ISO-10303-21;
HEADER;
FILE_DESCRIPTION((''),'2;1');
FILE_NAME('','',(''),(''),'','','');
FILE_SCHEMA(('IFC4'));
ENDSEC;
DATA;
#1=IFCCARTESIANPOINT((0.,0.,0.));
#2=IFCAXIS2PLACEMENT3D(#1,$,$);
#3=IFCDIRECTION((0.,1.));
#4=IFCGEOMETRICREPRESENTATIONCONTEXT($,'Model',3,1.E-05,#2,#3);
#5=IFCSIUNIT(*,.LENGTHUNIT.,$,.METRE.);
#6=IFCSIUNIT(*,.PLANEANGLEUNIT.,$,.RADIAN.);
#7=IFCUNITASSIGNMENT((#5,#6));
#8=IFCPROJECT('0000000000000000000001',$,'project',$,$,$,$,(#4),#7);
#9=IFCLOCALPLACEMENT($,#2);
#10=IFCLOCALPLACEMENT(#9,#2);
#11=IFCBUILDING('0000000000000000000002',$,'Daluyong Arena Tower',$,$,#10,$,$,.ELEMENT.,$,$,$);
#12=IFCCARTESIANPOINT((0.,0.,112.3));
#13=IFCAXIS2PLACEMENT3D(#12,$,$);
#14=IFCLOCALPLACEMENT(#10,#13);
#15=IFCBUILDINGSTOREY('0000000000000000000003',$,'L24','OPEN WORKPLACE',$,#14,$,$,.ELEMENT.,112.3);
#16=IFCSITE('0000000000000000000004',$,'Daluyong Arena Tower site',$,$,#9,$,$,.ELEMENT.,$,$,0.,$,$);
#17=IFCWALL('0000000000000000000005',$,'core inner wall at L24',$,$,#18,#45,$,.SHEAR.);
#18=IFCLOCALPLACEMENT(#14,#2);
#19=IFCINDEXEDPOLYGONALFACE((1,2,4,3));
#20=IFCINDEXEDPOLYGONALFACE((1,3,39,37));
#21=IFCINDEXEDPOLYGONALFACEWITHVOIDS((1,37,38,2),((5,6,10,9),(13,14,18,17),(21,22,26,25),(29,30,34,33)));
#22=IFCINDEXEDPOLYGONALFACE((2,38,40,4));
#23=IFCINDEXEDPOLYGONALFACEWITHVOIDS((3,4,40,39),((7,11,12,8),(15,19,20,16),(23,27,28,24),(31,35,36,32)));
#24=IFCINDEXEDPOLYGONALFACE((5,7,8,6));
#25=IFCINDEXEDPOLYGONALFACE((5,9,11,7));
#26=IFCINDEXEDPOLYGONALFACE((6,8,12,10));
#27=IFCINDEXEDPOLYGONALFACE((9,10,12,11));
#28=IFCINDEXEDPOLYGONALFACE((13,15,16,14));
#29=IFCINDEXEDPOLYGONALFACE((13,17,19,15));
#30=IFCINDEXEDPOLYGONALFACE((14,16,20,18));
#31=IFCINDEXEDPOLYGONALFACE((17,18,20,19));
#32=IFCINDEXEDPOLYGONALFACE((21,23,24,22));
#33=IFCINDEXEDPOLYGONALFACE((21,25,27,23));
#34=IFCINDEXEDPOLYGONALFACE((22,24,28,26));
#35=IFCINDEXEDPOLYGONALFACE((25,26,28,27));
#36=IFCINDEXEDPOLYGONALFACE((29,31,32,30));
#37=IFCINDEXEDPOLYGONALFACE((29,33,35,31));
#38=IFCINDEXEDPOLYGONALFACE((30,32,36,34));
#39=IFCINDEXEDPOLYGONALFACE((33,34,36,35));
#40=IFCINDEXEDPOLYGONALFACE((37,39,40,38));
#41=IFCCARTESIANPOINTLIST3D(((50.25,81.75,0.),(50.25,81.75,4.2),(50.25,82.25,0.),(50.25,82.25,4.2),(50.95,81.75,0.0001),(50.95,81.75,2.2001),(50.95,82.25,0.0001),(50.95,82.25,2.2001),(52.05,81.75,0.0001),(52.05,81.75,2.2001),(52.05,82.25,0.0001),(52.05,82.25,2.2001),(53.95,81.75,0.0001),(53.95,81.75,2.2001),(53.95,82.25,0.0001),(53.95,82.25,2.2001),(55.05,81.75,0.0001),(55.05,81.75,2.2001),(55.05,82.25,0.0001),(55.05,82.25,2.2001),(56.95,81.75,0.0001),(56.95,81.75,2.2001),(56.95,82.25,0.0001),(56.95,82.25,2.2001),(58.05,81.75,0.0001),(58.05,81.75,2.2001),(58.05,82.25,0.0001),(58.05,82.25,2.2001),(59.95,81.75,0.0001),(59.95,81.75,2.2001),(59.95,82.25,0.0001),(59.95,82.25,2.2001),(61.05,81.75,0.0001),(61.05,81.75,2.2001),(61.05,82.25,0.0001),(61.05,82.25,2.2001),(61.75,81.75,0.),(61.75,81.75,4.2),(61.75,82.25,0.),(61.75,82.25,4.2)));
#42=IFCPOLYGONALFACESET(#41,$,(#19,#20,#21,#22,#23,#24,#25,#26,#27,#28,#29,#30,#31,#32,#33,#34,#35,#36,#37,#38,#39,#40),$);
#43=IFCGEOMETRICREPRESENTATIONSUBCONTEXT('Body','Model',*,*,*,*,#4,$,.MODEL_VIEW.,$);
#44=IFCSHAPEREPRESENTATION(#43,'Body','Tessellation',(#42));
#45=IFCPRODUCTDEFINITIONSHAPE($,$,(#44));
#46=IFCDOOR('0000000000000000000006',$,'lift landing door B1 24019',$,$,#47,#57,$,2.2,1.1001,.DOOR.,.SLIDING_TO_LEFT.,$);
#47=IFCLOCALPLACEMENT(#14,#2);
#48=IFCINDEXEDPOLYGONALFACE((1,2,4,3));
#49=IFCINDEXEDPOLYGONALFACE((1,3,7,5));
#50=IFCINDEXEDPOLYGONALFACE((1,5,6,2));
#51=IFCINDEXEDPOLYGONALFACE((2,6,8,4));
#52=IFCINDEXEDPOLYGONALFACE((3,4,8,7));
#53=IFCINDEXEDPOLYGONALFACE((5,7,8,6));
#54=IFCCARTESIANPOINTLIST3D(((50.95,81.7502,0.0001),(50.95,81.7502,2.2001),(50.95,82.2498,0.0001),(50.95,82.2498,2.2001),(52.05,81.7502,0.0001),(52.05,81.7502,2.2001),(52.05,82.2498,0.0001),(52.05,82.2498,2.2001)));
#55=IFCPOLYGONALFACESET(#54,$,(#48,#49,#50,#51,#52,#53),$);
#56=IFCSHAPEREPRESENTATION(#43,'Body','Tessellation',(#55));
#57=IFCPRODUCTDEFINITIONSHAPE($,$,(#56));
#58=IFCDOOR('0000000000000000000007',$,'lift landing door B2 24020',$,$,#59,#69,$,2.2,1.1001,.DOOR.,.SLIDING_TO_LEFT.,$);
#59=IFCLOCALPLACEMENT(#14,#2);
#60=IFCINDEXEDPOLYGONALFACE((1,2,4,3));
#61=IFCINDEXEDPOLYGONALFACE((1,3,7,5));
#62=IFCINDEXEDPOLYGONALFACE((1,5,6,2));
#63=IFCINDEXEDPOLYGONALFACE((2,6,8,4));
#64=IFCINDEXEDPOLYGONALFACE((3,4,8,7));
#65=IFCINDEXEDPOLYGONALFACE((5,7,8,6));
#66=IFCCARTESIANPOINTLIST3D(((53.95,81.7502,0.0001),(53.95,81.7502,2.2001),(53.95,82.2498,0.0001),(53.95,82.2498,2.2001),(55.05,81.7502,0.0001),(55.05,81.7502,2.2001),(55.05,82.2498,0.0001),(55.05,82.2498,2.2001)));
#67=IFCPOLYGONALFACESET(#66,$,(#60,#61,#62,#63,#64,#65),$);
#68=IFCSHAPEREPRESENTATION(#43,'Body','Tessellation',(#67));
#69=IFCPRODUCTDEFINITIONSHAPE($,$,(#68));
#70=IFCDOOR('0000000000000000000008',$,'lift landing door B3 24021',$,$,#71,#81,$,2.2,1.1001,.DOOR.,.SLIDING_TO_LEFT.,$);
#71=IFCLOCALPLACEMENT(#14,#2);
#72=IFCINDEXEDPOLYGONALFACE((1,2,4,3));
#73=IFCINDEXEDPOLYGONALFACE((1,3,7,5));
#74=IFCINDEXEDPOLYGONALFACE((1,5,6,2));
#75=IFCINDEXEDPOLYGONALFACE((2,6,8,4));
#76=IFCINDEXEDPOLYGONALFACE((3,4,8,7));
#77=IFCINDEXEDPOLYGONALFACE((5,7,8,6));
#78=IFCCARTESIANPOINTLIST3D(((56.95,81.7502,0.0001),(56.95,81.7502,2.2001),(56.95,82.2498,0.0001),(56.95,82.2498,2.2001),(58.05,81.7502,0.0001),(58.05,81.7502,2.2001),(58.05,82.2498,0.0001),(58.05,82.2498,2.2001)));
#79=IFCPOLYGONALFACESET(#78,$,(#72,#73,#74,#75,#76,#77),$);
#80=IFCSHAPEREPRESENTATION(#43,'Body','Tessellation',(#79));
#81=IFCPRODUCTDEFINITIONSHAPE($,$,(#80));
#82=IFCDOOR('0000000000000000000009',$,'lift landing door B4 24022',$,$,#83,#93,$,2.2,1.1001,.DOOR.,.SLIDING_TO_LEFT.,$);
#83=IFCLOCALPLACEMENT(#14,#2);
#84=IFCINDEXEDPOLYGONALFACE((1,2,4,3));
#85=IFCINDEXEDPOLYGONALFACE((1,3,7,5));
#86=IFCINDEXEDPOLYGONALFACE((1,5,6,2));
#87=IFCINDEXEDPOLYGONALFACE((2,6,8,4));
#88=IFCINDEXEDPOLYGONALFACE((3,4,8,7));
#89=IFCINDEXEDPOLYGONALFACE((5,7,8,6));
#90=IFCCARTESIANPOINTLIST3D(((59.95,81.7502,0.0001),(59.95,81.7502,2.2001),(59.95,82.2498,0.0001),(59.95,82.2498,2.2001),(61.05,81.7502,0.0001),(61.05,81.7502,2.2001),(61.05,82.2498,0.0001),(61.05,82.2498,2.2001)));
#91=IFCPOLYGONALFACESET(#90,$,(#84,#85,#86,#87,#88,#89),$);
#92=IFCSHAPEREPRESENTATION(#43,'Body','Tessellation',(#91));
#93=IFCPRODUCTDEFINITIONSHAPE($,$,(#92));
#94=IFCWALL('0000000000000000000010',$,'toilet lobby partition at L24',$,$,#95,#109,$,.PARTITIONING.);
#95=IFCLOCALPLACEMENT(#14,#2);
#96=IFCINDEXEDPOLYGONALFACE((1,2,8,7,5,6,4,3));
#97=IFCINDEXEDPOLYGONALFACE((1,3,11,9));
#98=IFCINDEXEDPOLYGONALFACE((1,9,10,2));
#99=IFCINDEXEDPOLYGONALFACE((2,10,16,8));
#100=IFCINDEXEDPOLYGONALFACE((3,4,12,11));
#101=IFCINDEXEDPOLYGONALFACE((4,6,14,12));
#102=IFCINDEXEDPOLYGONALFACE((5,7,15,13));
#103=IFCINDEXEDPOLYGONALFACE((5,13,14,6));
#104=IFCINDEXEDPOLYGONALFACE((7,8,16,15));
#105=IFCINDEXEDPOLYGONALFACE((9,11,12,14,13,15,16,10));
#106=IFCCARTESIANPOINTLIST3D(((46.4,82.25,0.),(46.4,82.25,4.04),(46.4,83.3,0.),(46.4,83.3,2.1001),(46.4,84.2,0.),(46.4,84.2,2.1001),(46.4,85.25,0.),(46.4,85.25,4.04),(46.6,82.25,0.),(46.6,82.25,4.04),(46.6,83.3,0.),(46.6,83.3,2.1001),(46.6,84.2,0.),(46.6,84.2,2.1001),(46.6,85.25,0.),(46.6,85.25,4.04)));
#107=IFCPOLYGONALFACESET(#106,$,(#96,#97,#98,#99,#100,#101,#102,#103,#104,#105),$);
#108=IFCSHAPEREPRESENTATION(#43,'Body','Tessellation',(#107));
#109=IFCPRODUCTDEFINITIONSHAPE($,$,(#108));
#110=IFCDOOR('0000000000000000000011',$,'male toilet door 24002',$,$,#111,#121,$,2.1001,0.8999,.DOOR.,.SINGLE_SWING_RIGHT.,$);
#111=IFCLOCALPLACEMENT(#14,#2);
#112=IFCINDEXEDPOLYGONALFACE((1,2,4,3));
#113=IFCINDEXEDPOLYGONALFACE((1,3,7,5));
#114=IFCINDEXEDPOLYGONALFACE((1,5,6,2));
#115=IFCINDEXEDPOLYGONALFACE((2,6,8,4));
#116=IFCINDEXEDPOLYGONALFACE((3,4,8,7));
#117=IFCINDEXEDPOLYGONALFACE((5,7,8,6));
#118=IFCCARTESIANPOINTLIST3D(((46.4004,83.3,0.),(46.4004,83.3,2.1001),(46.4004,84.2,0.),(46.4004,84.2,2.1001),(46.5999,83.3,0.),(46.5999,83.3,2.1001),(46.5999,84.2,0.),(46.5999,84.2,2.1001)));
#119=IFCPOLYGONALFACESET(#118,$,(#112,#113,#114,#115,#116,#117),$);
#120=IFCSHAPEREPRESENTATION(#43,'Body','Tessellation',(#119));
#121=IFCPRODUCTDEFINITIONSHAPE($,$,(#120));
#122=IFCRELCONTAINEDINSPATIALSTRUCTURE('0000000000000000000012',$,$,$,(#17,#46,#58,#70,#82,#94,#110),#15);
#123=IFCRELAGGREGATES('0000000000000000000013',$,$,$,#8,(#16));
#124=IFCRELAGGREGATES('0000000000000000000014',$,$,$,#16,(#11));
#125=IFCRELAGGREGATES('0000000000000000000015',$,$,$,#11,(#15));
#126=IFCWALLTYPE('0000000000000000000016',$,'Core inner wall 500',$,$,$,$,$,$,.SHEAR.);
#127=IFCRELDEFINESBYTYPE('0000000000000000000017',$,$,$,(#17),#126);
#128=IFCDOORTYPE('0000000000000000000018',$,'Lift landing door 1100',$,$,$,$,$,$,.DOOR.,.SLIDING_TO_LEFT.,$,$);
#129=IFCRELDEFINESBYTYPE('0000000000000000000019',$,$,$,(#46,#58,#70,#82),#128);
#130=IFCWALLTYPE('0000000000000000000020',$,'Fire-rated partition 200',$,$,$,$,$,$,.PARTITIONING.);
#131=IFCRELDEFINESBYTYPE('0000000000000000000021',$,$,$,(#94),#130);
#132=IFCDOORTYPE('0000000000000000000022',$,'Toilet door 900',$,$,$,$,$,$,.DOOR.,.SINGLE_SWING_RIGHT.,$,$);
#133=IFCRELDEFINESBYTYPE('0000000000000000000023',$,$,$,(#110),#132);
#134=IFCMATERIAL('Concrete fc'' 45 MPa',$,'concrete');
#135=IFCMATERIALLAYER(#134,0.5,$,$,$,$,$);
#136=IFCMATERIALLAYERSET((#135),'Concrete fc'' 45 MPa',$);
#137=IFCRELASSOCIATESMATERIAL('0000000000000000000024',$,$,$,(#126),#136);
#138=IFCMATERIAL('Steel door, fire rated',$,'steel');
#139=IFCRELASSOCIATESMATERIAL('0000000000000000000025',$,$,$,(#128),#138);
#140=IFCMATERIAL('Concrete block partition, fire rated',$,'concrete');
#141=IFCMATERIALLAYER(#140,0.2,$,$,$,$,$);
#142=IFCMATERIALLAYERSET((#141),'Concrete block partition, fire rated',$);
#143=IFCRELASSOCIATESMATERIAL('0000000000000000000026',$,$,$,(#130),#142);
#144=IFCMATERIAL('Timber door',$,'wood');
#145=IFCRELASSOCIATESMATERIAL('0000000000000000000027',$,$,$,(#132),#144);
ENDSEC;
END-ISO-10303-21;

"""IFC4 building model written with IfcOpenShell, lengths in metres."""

from ifc_helpers import new_model, si_unit, direction, frame, frame_2d, origin, place, context, subcontext, project, spatial, rectangle, extrude, material, layer, layer_set, type_object, element, fill, save


model = new_model("IFC4")

# Units and contexts
model_context = context("Model", 3, precision=1e-05, world=origin(), true_north=direction((0.0, 1.0)))
body_context = subcontext(model_context, "Body", "Model", "MODEL_VIEW")
ifc_project = project(units=[si_unit("LENGTHUNIT", "METRE"), si_unit("PLANEANGLEUNIT", "RADIAN")], contexts=[model_context])

# Site, building, storey
site_placement = place(None, origin())
site = spatial("IfcSite", under=ifc_project, at=site_placement, Name="Daluyong Arena Tower site", CompositionType="ELEMENT", RefElevation=0.0)
building_placement = place(site_placement, origin())
building = spatial("IfcBuilding", under=site, at=building_placement, Name="Daluyong Arena Tower", CompositionType="ELEMENT")
storey_placement = place(building_placement, frame((0.0, 0.0, 112.3)))
storey = spatial("IfcBuildingStorey", under=building, at=storey_placement, Name="L24", Description="OPEN WORKPLACE", CompositionType="ELEMENT", Elevation=112.3)

# Wall, openings, doors
ifc_material_1 = material(Name="Concrete fc' 45 MPa", Category="concrete")
ifc_layer_1 = layer(ifc_material_1, 0.5)
ifc_layer_set_1 = layer_set([ifc_layer_1], Name="Concrete fc' 45 MPa")
wall_type_1 = type_object("IfcWallType", Name="Core inner wall 500", PredefinedType="SHEAR", material=ifc_layer_set_1)
wall_1_placement = place(storey_placement, frame((50.25, 82.0, 0.0), z_axis=(0.0, 0.0, 1.0), x_axis=(1.0, 0.0, 0.0)))
wall_1 = element("IfcWall", 1, at=wall_1_placement, inside=storey, type_object=wall_type_1, Name="core inner wall at L24", PredefinedType="SHEAR", context=body_context, shape_type="SweptSolid", body=[
    extrude(rectangle(XDim=11.5, YDim=0.5, at=frame_2d((5.75, 0.0))), origin(), (0.0, 0.0, 1.0), 4.2),
])
opening_1_placement = place(wall_1_placement, frame((0.7, 0.0, 0.0)))
opening_1 = element("IfcOpeningElement", 2, at=opening_1_placement, cuts=wall_1, PredefinedType="OPENING", context=body_context, shape_type="SweptSolid", body=[
    extrude(rectangle(XDim=1.1001, YDim=2.2, at=frame_2d((0.55, 1.1001))), frame((0.0, 0.26, 0.0), z_axis=(0.0, -1.0, 0.0), x_axis=(1.0, 0.0, 0.0)), (0.0, 0.0, 1.0), 0.52),
])
opening_2_placement = place(wall_1_placement, frame((3.7, 0.0, 0.0)))
opening_2 = element("IfcOpeningElement", 3, at=opening_2_placement, cuts=wall_1, PredefinedType="OPENING", context=body_context, shape_type="SweptSolid", body=[
    extrude(rectangle(XDim=1.1001, YDim=2.2, at=frame_2d((0.55, 1.1001))), frame((0.0, 0.26, 0.0), z_axis=(0.0, -1.0, 0.0), x_axis=(1.0, 0.0, 0.0)), (0.0, 0.0, 1.0), 0.52),
])
opening_3_placement = place(wall_1_placement, frame((6.7, 0.0, 0.0)))
opening_3 = element("IfcOpeningElement", 4, at=opening_3_placement, cuts=wall_1, PredefinedType="OPENING", context=body_context, shape_type="SweptSolid", body=[
    extrude(rectangle(XDim=1.1001, YDim=2.2, at=frame_2d((0.55, 1.1001))), frame((0.0, 0.26, 0.0), z_axis=(0.0, -1.0, 0.0), x_axis=(1.0, 0.0, 0.0)), (0.0, 0.0, 1.0), 0.52),
])
opening_4_placement = place(wall_1_placement, frame((9.7, 0.0, 0.0)))
opening_4 = element("IfcOpeningElement", 5, at=opening_4_placement, cuts=wall_1, PredefinedType="OPENING", context=body_context, shape_type="SweptSolid", body=[
    extrude(rectangle(XDim=1.1001, YDim=2.2, at=frame_2d((0.55, 1.1001))), frame((0.0, 0.26, 0.0), z_axis=(0.0, -1.0, 0.0), x_axis=(1.0, 0.0, 0.0)), (0.0, 0.0, 1.0), 0.52),
])
ifc_material_2 = material(Name="Steel door, fire rated", Category="steel")
door_type_1 = type_object("IfcDoorType", Name="Lift landing door 1100", OperationType="SLIDING_TO_LEFT", PredefinedType="DOOR", material=ifc_material_2)
door_1_placement = place(opening_1_placement, origin())
door_1 = element("IfcDoor", 6, at=door_1_placement, inside=storey, type_object=door_type_1, Name="lift landing door B1 24019", OperationType="SLIDING_TO_LEFT", OverallHeight=2.2, OverallWidth=1.1001, PredefinedType="DOOR", context=body_context, shape_type="SweptSolid", body=[
    extrude(rectangle(XDim=1.1001, YDim=2.2, at=frame_2d((0.55, 1.1001))), frame((0.0, 0.2498, 0.0), z_axis=(0.0, -1.0, 0.0), x_axis=(1.0, 0.0, 0.0)), (0.0, 0.0, 1.0), 0.4995),
])
fill(opening_1, door_1)
door_2_placement = place(opening_2_placement, origin())
door_2 = element("IfcDoor", 7, at=door_2_placement, inside=storey, type_object=door_type_1, Name="lift landing door B2 24020", OperationType="SLIDING_TO_LEFT", OverallHeight=2.2, OverallWidth=1.1001, PredefinedType="DOOR", context=body_context, shape_type="SweptSolid", body=[
    extrude(rectangle(XDim=1.1001, YDim=2.2, at=frame_2d((0.55, 1.1001))), frame((0.0, 0.2498, 0.0), z_axis=(0.0, -1.0, 0.0), x_axis=(1.0, 0.0, 0.0)), (0.0, 0.0, 1.0), 0.4995),
])
fill(opening_2, door_2)
door_3_placement = place(opening_3_placement, origin())
door_3 = element("IfcDoor", 8, at=door_3_placement, inside=storey, type_object=door_type_1, Name="lift landing door B3 24021", OperationType="SLIDING_TO_LEFT", OverallHeight=2.2, OverallWidth=1.1001, PredefinedType="DOOR", context=body_context, shape_type="SweptSolid", body=[
    extrude(rectangle(XDim=1.1001, YDim=2.2, at=frame_2d((0.55, 1.1001))), frame((0.0, 0.2498, 0.0), z_axis=(0.0, -1.0, 0.0), x_axis=(1.0, 0.0, 0.0)), (0.0, 0.0, 1.0), 0.4995),
])
fill(opening_3, door_3)
door_4_placement = place(opening_4_placement, origin())
door_4 = element("IfcDoor", 9, at=door_4_placement, inside=storey, type_object=door_type_1, Name="lift landing door B4 24022", OperationType="SLIDING_TO_LEFT", OverallHeight=2.2, OverallWidth=1.1001, PredefinedType="DOOR", context=body_context, shape_type="SweptSolid", body=[
    extrude(rectangle(XDim=1.1001, YDim=2.2, at=frame_2d((0.55, 1.1001))), frame((0.0, 0.2498, 0.0), z_axis=(0.0, -1.0, 0.0), x_axis=(1.0, 0.0, 0.0)), (0.0, 0.0, 1.0), 0.4995),
])
fill(opening_4, door_4)

# Wall, opening, door
ifc_material_3 = material(Name="Concrete block partition, fire rated", Category="concrete")
ifc_layer_2 = layer(ifc_material_3, 0.2)
ifc_layer_set_2 = layer_set([ifc_layer_2], Name="Concrete block partition, fire rated")
wall_type_2 = type_object("IfcWallType", Name="Fire-rated partition 200", PredefinedType="PARTITIONING", material=ifc_layer_set_2)
wall_2_placement = place(storey_placement, frame((46.5, 82.25, 0.0), z_axis=(0.0, 0.0, 1.0), x_axis=(0.0, 1.0, 0.0)))
wall_2 = element("IfcWall", 10, at=wall_2_placement, inside=storey, type_object=wall_type_2, Name="toilet lobby partition at L24", PredefinedType="PARTITIONING", context=body_context, shape_type="SweptSolid", body=[
    extrude(rectangle(XDim=3.0, YDim=0.2, at=frame_2d((1.5, 0.0))), origin(), (0.0, 0.0, 1.0), 4.04),
])
opening_5_placement = place(wall_2_placement, frame((1.05, 0.0, 0.0)))
opening_5 = element("IfcOpeningElement", 11, at=opening_5_placement, cuts=wall_2, PredefinedType="OPENING", context=body_context, shape_type="SweptSolid", body=[
    extrude(rectangle(XDim=0.8999, YDim=2.1001, at=frame_2d((0.45, 1.05))), frame((0.0, 0.1099, 0.0), z_axis=(0.0, -1.0, 0.0), x_axis=(1.0, 0.0, 0.0)), (0.0, 0.0, 1.0), 0.22),
])
ifc_material_4 = material(Name="Timber door", Category="wood")
door_type_2 = type_object("IfcDoorType", Name="Toilet door 900", OperationType="SINGLE_SWING_RIGHT", PredefinedType="DOOR", material=ifc_material_4)
door_5_placement = place(opening_5_placement, origin())
door_5 = element("IfcDoor", 12, at=door_5_placement, inside=storey, type_object=door_type_2, Name="male toilet door 24002", OperationType="SINGLE_SWING_RIGHT", OverallHeight=2.1001, OverallWidth=0.8999, PredefinedType="DOOR", context=body_context, shape_type="SweptSolid", body=[
    extrude(rectangle(XDim=0.8999, YDim=2.1001, at=frame_2d((0.45, 1.05))), frame((0.0, 0.0996, 0.0), z_axis=(0.0, -1.0, 0.0), x_axis=(1.0, 0.0, 0.0)), (0.0, 0.0, 1.0), 0.1995),
])
fill(opening_5, door_5)

save(model, "model.ifc")
